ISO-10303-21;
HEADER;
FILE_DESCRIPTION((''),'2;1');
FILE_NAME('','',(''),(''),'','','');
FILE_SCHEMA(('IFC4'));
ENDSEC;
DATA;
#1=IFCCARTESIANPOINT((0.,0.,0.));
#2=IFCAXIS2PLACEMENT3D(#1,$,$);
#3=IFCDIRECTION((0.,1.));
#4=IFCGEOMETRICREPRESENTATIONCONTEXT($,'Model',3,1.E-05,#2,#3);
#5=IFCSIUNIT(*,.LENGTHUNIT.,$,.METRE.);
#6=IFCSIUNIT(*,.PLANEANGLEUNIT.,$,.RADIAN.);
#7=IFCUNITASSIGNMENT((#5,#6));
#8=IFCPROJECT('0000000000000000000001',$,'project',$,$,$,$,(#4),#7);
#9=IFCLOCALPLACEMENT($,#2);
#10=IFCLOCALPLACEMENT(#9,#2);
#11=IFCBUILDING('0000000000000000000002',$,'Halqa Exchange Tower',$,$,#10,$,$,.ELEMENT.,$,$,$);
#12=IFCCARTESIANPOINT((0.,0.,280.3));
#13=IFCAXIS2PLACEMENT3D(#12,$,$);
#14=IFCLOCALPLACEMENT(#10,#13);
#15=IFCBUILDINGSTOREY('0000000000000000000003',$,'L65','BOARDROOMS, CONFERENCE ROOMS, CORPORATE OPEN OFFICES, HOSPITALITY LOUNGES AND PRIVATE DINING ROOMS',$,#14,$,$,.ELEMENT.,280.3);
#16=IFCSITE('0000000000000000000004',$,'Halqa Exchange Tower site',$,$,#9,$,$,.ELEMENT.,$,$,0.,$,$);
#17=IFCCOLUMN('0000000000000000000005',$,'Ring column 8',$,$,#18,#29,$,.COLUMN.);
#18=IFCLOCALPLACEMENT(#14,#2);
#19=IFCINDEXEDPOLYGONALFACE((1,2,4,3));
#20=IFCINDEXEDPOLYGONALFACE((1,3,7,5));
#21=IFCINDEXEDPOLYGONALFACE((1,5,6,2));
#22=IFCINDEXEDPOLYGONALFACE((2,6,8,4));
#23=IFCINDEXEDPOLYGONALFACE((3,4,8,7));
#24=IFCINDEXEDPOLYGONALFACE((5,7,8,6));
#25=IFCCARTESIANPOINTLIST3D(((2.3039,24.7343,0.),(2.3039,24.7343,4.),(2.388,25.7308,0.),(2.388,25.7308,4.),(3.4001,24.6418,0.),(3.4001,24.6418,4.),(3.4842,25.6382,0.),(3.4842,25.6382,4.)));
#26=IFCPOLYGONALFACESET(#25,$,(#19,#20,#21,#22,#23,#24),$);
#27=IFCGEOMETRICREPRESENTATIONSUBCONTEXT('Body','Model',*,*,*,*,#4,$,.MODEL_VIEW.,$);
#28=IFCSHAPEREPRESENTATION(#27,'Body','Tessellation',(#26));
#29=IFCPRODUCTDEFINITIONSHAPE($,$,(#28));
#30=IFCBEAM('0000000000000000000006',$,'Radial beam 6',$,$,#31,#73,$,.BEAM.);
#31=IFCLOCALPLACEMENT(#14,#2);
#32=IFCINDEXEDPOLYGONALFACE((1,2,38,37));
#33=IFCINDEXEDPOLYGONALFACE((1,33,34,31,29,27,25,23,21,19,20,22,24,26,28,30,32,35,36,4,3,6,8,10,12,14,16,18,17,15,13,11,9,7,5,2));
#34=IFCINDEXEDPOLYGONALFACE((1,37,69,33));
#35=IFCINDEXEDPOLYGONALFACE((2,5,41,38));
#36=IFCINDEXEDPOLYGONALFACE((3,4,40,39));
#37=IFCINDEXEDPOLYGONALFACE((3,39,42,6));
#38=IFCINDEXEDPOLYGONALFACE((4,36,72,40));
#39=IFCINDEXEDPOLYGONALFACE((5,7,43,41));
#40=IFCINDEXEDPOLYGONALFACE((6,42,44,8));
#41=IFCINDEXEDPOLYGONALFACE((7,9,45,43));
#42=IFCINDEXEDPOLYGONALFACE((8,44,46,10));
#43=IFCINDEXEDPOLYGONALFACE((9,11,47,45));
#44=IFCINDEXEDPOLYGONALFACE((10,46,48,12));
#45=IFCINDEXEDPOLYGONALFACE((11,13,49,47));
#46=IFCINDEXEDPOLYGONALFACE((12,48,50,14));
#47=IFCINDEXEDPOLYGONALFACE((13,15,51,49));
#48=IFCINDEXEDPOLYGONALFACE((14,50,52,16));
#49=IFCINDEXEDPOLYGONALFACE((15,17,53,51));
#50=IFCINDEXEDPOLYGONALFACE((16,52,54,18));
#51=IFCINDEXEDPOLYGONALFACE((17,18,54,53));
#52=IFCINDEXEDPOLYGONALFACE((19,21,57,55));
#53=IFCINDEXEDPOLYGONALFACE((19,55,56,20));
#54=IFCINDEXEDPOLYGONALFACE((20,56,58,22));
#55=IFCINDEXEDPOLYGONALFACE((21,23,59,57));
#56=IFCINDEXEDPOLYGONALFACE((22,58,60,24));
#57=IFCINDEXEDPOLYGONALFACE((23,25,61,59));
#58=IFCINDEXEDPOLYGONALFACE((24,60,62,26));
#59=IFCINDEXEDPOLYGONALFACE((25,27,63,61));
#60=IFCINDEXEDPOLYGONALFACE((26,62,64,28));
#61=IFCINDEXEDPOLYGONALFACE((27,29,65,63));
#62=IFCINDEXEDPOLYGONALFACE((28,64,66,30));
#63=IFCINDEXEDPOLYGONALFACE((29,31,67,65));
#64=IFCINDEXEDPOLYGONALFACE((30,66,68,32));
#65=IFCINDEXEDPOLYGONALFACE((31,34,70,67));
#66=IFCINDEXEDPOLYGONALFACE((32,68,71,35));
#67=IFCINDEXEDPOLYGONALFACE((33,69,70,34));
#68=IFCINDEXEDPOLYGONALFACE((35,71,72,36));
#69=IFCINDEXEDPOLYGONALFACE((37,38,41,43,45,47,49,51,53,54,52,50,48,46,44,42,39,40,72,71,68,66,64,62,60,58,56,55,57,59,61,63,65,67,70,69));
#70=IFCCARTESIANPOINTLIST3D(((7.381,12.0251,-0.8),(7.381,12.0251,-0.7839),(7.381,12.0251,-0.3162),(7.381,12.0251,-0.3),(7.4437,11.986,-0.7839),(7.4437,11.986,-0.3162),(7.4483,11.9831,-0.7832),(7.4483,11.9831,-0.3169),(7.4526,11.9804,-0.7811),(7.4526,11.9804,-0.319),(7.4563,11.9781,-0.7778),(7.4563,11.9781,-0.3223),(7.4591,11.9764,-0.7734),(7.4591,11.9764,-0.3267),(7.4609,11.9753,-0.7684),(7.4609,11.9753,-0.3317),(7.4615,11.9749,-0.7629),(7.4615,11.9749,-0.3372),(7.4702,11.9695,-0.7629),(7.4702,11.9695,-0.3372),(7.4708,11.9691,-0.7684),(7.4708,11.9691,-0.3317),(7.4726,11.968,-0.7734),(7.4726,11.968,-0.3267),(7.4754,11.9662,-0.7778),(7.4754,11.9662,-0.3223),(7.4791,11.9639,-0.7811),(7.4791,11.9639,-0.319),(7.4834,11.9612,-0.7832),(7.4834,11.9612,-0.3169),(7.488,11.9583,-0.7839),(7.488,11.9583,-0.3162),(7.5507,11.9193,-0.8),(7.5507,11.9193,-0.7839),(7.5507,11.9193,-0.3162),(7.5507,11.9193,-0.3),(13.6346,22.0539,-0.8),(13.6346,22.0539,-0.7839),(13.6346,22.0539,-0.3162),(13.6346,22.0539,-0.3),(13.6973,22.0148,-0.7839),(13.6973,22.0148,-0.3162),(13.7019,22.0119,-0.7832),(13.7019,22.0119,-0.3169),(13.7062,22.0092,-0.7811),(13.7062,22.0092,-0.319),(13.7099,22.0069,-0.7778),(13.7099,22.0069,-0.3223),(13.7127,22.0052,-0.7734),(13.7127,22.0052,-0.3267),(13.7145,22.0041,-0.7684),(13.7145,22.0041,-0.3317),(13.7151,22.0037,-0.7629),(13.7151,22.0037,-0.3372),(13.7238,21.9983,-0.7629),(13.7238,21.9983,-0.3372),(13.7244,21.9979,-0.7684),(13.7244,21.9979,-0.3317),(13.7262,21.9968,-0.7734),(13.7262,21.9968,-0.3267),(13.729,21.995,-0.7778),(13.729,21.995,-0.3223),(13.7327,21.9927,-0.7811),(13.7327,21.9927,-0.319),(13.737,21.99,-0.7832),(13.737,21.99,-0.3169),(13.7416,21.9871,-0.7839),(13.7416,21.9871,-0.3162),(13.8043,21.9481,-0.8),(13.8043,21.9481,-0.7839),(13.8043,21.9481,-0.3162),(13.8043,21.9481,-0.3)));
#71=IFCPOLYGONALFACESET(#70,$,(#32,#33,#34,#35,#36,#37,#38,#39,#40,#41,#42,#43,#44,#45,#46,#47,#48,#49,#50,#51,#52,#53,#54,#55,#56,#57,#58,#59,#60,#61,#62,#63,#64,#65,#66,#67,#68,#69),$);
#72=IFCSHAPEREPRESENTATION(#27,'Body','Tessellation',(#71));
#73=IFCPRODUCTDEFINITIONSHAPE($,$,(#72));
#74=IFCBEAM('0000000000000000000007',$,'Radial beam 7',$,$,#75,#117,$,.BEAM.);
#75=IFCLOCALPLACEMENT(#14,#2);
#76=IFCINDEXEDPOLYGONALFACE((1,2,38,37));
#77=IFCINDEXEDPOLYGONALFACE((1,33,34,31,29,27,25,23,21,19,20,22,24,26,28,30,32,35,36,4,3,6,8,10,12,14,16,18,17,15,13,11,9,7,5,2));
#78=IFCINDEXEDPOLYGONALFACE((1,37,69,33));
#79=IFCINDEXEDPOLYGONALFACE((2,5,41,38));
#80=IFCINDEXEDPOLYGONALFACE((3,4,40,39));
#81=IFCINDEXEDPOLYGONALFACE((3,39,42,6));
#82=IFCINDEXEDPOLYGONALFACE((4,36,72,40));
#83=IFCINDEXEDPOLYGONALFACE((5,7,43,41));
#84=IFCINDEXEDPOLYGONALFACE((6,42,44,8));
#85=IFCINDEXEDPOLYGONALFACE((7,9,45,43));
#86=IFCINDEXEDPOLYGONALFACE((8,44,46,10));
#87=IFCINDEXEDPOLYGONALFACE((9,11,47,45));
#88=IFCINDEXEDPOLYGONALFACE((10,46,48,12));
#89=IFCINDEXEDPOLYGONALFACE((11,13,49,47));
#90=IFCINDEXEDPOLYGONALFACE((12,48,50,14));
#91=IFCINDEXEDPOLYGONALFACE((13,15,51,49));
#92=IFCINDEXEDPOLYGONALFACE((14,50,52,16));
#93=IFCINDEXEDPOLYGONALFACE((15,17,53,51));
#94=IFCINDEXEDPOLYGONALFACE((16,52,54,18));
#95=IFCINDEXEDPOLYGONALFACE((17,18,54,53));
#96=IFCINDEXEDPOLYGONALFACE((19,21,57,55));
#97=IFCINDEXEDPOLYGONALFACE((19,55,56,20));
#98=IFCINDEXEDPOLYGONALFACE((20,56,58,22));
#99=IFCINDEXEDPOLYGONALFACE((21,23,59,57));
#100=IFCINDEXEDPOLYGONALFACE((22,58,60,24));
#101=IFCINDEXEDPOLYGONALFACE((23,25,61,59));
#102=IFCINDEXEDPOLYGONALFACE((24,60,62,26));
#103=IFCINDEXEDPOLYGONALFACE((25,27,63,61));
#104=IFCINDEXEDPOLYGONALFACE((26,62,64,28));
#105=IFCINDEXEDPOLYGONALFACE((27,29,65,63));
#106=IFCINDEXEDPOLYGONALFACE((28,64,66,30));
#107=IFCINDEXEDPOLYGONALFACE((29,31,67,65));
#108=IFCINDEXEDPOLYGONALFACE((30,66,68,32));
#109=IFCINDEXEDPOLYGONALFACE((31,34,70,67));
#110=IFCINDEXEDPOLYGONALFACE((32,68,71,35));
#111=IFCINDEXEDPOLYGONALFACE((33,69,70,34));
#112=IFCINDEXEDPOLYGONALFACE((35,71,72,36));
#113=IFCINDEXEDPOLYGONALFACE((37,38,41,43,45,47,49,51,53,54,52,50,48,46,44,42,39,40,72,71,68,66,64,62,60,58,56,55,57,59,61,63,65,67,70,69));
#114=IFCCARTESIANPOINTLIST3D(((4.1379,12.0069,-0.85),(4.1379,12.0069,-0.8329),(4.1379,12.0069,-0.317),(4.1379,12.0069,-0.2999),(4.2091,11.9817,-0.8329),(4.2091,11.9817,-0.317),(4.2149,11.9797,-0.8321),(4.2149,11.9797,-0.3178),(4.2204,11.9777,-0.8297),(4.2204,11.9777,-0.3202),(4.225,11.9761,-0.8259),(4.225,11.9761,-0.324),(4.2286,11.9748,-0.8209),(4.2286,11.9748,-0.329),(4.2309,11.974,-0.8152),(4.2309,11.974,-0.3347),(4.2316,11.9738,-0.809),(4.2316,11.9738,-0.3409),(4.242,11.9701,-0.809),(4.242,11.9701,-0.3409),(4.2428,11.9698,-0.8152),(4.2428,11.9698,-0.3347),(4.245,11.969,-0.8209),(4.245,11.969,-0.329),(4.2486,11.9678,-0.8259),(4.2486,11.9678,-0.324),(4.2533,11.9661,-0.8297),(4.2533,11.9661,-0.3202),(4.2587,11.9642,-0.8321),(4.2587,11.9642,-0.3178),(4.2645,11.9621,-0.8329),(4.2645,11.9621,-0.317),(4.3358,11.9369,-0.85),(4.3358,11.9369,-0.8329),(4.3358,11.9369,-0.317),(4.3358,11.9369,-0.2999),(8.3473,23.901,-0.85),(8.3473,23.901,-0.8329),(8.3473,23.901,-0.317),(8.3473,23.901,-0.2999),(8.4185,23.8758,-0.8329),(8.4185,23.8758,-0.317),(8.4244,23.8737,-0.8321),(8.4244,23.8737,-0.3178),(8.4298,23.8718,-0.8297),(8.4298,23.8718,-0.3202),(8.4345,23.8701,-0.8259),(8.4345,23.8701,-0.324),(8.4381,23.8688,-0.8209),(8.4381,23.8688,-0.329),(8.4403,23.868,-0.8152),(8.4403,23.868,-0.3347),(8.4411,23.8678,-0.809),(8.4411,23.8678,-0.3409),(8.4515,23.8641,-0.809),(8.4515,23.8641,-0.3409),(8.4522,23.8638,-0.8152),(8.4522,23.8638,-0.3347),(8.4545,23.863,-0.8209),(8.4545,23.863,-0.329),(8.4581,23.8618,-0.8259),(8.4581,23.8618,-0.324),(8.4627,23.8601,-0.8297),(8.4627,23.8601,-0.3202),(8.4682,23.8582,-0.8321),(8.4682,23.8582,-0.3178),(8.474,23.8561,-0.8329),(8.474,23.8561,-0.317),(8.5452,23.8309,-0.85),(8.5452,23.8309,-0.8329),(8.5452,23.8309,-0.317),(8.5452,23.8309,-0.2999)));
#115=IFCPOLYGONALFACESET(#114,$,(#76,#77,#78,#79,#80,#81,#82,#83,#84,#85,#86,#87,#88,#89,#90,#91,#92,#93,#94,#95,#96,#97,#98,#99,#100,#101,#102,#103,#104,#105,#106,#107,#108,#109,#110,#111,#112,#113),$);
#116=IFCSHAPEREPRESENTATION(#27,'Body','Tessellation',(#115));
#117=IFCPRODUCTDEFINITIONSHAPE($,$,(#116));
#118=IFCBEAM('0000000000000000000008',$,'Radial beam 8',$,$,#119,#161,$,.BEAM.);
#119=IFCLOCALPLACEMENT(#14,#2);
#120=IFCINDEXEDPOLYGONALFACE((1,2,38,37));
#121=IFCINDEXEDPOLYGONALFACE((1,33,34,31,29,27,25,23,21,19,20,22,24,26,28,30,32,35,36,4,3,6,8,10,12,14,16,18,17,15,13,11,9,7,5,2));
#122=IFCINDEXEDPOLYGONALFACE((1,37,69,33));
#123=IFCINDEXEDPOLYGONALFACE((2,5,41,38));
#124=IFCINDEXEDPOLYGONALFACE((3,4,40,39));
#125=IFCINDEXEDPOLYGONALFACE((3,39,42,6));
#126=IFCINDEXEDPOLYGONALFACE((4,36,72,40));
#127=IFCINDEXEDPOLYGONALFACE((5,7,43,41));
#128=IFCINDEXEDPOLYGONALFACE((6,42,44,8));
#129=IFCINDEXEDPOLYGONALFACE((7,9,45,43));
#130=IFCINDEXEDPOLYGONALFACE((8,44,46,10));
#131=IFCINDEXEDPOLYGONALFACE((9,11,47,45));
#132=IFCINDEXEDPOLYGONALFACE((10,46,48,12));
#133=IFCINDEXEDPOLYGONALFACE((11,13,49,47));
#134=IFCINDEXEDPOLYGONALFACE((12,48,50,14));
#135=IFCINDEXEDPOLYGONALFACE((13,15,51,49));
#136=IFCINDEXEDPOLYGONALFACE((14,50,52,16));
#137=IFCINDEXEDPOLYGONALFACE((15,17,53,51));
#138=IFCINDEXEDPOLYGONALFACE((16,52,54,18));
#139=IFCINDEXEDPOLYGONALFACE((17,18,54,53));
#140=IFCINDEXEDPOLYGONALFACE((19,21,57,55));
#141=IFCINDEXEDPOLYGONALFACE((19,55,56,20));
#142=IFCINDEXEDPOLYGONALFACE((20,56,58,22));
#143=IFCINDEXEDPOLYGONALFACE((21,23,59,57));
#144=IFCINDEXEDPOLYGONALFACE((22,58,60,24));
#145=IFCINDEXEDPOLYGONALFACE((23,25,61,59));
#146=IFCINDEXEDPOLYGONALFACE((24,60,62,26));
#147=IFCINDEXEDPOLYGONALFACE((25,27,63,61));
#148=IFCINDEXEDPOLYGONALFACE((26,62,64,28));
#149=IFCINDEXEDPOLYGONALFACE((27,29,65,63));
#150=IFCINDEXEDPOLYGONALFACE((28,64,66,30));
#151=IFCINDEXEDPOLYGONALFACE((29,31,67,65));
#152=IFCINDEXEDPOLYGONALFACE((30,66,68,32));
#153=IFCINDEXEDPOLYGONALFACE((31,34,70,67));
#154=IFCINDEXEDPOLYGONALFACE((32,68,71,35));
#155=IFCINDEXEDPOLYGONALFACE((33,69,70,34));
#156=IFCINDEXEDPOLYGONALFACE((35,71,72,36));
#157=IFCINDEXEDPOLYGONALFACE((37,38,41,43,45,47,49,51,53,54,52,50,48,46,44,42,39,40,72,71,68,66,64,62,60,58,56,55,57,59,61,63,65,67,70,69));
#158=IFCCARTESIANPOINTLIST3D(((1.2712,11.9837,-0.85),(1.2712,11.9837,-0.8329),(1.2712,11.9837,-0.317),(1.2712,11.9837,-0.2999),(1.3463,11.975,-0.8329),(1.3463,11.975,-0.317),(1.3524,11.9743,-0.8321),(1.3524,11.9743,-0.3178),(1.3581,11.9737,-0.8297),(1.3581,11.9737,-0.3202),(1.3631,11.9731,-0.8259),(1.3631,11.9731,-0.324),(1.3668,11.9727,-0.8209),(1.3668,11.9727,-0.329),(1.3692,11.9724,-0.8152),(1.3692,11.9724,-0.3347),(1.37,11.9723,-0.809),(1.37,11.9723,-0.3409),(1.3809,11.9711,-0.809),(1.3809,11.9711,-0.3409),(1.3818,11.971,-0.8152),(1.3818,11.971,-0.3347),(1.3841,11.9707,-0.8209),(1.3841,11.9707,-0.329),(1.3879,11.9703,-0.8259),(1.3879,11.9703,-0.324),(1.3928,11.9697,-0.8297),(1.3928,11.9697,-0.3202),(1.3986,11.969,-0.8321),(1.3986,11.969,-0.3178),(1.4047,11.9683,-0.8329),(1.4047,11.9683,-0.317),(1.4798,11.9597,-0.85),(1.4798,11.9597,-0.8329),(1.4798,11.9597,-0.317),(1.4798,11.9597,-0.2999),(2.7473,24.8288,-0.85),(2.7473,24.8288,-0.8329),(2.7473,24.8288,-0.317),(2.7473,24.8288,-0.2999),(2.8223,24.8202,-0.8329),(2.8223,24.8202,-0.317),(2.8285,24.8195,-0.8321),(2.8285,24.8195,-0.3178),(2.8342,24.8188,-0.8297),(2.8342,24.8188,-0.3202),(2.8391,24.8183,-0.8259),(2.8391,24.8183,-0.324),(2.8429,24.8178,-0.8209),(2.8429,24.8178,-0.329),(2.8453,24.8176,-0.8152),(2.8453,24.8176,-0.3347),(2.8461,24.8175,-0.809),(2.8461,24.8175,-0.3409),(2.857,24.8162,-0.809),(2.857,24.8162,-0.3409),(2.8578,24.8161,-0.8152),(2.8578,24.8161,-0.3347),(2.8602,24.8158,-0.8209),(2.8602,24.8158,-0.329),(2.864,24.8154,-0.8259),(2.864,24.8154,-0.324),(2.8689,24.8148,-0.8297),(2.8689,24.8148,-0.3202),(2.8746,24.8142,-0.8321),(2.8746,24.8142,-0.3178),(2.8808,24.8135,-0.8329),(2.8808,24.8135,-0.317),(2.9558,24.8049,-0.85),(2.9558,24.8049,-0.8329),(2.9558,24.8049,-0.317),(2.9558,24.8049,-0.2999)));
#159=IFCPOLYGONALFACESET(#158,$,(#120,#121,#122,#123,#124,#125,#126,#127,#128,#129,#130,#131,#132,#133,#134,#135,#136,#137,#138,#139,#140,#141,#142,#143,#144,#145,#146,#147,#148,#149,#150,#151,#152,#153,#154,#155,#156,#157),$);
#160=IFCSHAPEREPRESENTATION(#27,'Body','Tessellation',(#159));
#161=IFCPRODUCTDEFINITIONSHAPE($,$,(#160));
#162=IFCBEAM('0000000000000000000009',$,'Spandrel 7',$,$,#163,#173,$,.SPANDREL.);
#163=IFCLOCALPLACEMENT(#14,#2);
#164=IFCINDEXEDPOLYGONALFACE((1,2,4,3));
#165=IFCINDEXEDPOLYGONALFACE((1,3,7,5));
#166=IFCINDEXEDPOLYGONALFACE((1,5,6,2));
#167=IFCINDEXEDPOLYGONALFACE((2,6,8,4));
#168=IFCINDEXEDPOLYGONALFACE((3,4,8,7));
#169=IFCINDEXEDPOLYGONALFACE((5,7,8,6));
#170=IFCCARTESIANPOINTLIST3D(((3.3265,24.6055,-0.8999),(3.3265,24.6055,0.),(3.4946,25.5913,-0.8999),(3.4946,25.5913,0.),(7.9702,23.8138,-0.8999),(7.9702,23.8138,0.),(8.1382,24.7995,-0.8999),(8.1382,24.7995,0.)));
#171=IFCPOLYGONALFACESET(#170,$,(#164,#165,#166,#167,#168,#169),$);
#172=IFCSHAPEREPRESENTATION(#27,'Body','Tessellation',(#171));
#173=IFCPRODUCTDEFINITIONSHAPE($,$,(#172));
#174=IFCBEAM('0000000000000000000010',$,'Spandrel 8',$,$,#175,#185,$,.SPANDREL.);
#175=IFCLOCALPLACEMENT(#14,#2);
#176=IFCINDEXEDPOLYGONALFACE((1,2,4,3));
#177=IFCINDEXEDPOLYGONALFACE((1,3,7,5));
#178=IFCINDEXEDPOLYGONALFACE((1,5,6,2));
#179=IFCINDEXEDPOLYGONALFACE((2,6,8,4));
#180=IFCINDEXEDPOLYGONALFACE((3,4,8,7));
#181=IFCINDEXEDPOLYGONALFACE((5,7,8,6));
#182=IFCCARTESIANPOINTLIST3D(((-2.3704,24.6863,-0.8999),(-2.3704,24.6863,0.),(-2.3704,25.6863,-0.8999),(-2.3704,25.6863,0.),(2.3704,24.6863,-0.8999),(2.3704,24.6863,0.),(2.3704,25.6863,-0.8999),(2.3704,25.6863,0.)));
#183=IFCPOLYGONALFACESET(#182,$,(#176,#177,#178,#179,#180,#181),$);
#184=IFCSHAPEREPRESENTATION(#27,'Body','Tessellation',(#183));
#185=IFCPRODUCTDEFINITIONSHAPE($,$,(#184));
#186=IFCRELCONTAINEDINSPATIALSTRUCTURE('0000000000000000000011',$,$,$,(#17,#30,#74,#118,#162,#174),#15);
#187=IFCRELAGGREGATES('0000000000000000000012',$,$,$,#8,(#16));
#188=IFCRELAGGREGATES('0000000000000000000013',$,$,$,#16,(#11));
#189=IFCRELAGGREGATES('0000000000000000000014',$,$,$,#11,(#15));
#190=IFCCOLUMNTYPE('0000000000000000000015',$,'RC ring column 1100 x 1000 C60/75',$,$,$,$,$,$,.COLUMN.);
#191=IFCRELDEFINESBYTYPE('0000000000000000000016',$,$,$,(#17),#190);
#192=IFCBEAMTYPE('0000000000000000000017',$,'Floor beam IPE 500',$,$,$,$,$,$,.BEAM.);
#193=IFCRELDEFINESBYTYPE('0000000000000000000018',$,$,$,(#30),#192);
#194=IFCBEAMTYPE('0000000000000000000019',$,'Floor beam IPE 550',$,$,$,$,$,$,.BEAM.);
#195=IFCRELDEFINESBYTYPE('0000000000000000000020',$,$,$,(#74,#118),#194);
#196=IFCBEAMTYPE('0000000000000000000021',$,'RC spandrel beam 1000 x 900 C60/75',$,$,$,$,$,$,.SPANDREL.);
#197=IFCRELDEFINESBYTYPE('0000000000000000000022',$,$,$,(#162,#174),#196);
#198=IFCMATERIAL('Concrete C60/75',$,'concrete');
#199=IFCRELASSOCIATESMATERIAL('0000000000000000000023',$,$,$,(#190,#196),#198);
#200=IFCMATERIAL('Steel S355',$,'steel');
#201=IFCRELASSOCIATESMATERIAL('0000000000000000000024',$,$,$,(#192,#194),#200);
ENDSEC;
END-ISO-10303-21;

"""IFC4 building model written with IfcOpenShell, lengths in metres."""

from ifc_helpers import new_model, si_unit, direction, frame, origin, origin_2d, place, context, subcontext, project, spatial, rectangle, i_section, extrude, material, material_profile, profile_set, type_object, element, save


model = new_model("IFC4")

# Units and contexts
model_context = context("Model", 3, precision=1e-05, world=origin(), true_north=direction((0.0, 1.0)))
body_context = subcontext(model_context, "Body", "Model", "MODEL_VIEW")
ifc_project = project(units=[si_unit("LENGTHUNIT", "METRE"), si_unit("PLANEANGLEUNIT", "RADIAN")], contexts=[model_context])

# Site, building, storey
site_placement = place(None, origin())
site = spatial("IfcSite", under=ifc_project, at=site_placement, Name="Halqa Exchange Tower site", CompositionType="ELEMENT", RefElevation=0.0)
building_placement = place(site_placement, origin())
building = spatial("IfcBuilding", under=site, at=building_placement, Name="Halqa Exchange Tower", CompositionType="ELEMENT")
storey_placement = place(building_placement, frame((0.0, 0.0, 280.3)))
storey = spatial("IfcBuildingStorey", under=building, at=storey_placement, Name="L65", Description="BOARDROOMS, CONFERENCE ROOMS, CORPORATE OPEN OFFICES, HOSPITALITY LOUNGES AND PRIVATE DINING ROOMS", CompositionType="ELEMENT", Elevation=280.3)

# Column
ifc_material_1 = material(Name="Concrete C60/75", Category="concrete")
ifc_material_profile_1 = material_profile(ifc_material_1, rectangle(XDim=1.1001, YDim=1.0, at=origin_2d()), Name="1100 x 1000")
ifc_profile_set_1 = profile_set([ifc_material_profile_1], Name="Concrete C60/75")
column_type = type_object("IfcColumnType", Name="RC ring column 1100 x 1000 C60/75", PredefinedType="COLUMN", material=ifc_profile_set_1)
column_placement = place(storey_placement, frame((2.894, 25.1863, 0.0), z_axis=(0.0, 0.0, 1.0), x_axis=(-0.996456, 0.084121, 0.0)))
element("IfcColumn", 1, at=column_placement, inside=storey, type_object=column_type, Name="Ring column 8", PredefinedType="COLUMN", context=body_context, shape_type="SweptSolid", body=[
    extrude(rectangle(XDim=1.1001, YDim=1.0, at=origin_2d()), origin(), (0.0, 0.0, 1.0), 4.0),
])

# Beams
ifc_material_2 = material(Name="Steel S355", Category="steel")
ifc_material_profile_2 = material_profile(ifc_material_2, i_section(OverallWidth=0.2, OverallDepth=0.5, WebThickness=0.0103, FlangeThickness=0.0161, FilletRadius=0.021, at=origin_2d()), Name="IPE 500")
ifc_profile_set_2 = profile_set([ifc_material_profile_2], Name="Steel S355")
beam_type_1 = type_object("IfcBeamType", Name="Floor beam IPE 500", PredefinedType="BEAM", material=ifc_profile_set_2)
beam_1_placement = place(storey_placement, frame((7.4658, 11.9722, -0.55), z_axis=(0.529126, 0.848543, 0.0), x_axis=(-0.848543, 0.529126, 0.0)))
element("IfcBeam", 2, at=beam_1_placement, inside=storey, type_object=beam_type_1, Name="Radial beam 6", PredefinedType="BEAM", context=body_context, shape_type="SweptSolid", body=[
    extrude(i_section(OverallWidth=0.2, OverallDepth=0.5, WebThickness=0.0103, FlangeThickness=0.0161, FilletRadius=0.021, at=origin_2d()), origin(), (0.0, 0.0, 1.0), 11.8188),
])
ifc_material_profile_3 = material_profile(ifc_material_2, i_section(OverallWidth=0.21, OverallDepth=0.55, WebThickness=0.011, FlangeThickness=0.0171, FilletRadius=0.0239, at=origin_2d()), Name="IPE 550")
ifc_profile_set_3 = profile_set([ifc_material_profile_3], Name="Steel S355")
beam_type_2 = type_object("IfcBeamType", Name="Floor beam IPE 550", PredefinedType="BEAM", material=ifc_profile_set_3)
beam_2_placement = place(storey_placement, frame((4.2368, 11.9719, -0.575), z_axis=(0.333636, 0.942702, 0.0), x_axis=(-0.942702, 0.333636, 0.0)))
element("IfcBeam", 3, at=beam_2_placement, inside=storey, type_object=beam_type_2, Name="Radial beam 7", PredefinedType="BEAM", context=body_context, shape_type="SweptSolid", body=[
    extrude(i_section(OverallWidth=0.21, OverallDepth=0.55, WebThickness=0.011, FlangeThickness=0.0171, FilletRadius=0.0239, at=origin_2d()), origin(), (0.0, 0.0, 1.0), 12.6169),
])
beam_3_placement = place(storey_placement, frame((1.3755, 11.9717, -0.575), z_axis=(0.114161, 0.993462, 0.0), x_axis=(-0.993462, 0.114161, 0.0)))
element("IfcBeam", 4, at=beam_3_placement, inside=storey, type_object=beam_type_2, Name="Radial beam 8", PredefinedType="BEAM", context=body_context, shape_type="SweptSolid", body=[
    extrude(i_section(OverallWidth=0.21, OverallDepth=0.55, WebThickness=0.011, FlangeThickness=0.0171, FilletRadius=0.0239, at=origin_2d()), origin(), (0.0, 0.0, 1.0), 12.9297),
])
ifc_material_profile_4 = material_profile(ifc_material_1, rectangle(XDim=1.0, YDim=0.8999, at=origin_2d()), Name="1000 x 900")
ifc_profile_set_4 = profile_set([ifc_material_profile_4], Name="Concrete C60/75")
beam_type_3 = type_object("IfcBeamType", Name="RC spandrel beam 1000 x 900 C60/75", PredefinedType="SPANDREL", material=ifc_profile_set_4)
beam_4_placement = place(storey_placement, frame((8.0542, 24.3066, -0.45), z_axis=(-0.985775, 0.16807, 0.0), x_axis=(-0.16807, -0.985775, 0.0)))
element("IfcBeam", 5, at=beam_4_placement, inside=storey, type_object=beam_type_3, Name="Spandrel 7", PredefinedType="SPANDREL", context=body_context, shape_type="SweptSolid", body=[
    extrude(rectangle(XDim=1.0, YDim=0.8999, at=origin_2d()), origin(), (0.0, 0.0, 1.0), 4.7107),
])
beam_5_placement = place(storey_placement, frame((2.3704, 25.1863, -0.45), z_axis=(-1.0, 0.0, 0.0), x_axis=(0.0, -1.0, 0.0)))
element("IfcBeam", 6, at=beam_5_placement, inside=storey, type_object=beam_type_3, Name="Spandrel 8", PredefinedType="SPANDREL", context=body_context, shape_type="SweptSolid", body=[
    extrude(rectangle(XDim=1.0, YDim=0.8999, at=origin_2d()), origin(), (0.0, 0.0, 1.0), 4.7407),
])

save(model, "model.ifc")
